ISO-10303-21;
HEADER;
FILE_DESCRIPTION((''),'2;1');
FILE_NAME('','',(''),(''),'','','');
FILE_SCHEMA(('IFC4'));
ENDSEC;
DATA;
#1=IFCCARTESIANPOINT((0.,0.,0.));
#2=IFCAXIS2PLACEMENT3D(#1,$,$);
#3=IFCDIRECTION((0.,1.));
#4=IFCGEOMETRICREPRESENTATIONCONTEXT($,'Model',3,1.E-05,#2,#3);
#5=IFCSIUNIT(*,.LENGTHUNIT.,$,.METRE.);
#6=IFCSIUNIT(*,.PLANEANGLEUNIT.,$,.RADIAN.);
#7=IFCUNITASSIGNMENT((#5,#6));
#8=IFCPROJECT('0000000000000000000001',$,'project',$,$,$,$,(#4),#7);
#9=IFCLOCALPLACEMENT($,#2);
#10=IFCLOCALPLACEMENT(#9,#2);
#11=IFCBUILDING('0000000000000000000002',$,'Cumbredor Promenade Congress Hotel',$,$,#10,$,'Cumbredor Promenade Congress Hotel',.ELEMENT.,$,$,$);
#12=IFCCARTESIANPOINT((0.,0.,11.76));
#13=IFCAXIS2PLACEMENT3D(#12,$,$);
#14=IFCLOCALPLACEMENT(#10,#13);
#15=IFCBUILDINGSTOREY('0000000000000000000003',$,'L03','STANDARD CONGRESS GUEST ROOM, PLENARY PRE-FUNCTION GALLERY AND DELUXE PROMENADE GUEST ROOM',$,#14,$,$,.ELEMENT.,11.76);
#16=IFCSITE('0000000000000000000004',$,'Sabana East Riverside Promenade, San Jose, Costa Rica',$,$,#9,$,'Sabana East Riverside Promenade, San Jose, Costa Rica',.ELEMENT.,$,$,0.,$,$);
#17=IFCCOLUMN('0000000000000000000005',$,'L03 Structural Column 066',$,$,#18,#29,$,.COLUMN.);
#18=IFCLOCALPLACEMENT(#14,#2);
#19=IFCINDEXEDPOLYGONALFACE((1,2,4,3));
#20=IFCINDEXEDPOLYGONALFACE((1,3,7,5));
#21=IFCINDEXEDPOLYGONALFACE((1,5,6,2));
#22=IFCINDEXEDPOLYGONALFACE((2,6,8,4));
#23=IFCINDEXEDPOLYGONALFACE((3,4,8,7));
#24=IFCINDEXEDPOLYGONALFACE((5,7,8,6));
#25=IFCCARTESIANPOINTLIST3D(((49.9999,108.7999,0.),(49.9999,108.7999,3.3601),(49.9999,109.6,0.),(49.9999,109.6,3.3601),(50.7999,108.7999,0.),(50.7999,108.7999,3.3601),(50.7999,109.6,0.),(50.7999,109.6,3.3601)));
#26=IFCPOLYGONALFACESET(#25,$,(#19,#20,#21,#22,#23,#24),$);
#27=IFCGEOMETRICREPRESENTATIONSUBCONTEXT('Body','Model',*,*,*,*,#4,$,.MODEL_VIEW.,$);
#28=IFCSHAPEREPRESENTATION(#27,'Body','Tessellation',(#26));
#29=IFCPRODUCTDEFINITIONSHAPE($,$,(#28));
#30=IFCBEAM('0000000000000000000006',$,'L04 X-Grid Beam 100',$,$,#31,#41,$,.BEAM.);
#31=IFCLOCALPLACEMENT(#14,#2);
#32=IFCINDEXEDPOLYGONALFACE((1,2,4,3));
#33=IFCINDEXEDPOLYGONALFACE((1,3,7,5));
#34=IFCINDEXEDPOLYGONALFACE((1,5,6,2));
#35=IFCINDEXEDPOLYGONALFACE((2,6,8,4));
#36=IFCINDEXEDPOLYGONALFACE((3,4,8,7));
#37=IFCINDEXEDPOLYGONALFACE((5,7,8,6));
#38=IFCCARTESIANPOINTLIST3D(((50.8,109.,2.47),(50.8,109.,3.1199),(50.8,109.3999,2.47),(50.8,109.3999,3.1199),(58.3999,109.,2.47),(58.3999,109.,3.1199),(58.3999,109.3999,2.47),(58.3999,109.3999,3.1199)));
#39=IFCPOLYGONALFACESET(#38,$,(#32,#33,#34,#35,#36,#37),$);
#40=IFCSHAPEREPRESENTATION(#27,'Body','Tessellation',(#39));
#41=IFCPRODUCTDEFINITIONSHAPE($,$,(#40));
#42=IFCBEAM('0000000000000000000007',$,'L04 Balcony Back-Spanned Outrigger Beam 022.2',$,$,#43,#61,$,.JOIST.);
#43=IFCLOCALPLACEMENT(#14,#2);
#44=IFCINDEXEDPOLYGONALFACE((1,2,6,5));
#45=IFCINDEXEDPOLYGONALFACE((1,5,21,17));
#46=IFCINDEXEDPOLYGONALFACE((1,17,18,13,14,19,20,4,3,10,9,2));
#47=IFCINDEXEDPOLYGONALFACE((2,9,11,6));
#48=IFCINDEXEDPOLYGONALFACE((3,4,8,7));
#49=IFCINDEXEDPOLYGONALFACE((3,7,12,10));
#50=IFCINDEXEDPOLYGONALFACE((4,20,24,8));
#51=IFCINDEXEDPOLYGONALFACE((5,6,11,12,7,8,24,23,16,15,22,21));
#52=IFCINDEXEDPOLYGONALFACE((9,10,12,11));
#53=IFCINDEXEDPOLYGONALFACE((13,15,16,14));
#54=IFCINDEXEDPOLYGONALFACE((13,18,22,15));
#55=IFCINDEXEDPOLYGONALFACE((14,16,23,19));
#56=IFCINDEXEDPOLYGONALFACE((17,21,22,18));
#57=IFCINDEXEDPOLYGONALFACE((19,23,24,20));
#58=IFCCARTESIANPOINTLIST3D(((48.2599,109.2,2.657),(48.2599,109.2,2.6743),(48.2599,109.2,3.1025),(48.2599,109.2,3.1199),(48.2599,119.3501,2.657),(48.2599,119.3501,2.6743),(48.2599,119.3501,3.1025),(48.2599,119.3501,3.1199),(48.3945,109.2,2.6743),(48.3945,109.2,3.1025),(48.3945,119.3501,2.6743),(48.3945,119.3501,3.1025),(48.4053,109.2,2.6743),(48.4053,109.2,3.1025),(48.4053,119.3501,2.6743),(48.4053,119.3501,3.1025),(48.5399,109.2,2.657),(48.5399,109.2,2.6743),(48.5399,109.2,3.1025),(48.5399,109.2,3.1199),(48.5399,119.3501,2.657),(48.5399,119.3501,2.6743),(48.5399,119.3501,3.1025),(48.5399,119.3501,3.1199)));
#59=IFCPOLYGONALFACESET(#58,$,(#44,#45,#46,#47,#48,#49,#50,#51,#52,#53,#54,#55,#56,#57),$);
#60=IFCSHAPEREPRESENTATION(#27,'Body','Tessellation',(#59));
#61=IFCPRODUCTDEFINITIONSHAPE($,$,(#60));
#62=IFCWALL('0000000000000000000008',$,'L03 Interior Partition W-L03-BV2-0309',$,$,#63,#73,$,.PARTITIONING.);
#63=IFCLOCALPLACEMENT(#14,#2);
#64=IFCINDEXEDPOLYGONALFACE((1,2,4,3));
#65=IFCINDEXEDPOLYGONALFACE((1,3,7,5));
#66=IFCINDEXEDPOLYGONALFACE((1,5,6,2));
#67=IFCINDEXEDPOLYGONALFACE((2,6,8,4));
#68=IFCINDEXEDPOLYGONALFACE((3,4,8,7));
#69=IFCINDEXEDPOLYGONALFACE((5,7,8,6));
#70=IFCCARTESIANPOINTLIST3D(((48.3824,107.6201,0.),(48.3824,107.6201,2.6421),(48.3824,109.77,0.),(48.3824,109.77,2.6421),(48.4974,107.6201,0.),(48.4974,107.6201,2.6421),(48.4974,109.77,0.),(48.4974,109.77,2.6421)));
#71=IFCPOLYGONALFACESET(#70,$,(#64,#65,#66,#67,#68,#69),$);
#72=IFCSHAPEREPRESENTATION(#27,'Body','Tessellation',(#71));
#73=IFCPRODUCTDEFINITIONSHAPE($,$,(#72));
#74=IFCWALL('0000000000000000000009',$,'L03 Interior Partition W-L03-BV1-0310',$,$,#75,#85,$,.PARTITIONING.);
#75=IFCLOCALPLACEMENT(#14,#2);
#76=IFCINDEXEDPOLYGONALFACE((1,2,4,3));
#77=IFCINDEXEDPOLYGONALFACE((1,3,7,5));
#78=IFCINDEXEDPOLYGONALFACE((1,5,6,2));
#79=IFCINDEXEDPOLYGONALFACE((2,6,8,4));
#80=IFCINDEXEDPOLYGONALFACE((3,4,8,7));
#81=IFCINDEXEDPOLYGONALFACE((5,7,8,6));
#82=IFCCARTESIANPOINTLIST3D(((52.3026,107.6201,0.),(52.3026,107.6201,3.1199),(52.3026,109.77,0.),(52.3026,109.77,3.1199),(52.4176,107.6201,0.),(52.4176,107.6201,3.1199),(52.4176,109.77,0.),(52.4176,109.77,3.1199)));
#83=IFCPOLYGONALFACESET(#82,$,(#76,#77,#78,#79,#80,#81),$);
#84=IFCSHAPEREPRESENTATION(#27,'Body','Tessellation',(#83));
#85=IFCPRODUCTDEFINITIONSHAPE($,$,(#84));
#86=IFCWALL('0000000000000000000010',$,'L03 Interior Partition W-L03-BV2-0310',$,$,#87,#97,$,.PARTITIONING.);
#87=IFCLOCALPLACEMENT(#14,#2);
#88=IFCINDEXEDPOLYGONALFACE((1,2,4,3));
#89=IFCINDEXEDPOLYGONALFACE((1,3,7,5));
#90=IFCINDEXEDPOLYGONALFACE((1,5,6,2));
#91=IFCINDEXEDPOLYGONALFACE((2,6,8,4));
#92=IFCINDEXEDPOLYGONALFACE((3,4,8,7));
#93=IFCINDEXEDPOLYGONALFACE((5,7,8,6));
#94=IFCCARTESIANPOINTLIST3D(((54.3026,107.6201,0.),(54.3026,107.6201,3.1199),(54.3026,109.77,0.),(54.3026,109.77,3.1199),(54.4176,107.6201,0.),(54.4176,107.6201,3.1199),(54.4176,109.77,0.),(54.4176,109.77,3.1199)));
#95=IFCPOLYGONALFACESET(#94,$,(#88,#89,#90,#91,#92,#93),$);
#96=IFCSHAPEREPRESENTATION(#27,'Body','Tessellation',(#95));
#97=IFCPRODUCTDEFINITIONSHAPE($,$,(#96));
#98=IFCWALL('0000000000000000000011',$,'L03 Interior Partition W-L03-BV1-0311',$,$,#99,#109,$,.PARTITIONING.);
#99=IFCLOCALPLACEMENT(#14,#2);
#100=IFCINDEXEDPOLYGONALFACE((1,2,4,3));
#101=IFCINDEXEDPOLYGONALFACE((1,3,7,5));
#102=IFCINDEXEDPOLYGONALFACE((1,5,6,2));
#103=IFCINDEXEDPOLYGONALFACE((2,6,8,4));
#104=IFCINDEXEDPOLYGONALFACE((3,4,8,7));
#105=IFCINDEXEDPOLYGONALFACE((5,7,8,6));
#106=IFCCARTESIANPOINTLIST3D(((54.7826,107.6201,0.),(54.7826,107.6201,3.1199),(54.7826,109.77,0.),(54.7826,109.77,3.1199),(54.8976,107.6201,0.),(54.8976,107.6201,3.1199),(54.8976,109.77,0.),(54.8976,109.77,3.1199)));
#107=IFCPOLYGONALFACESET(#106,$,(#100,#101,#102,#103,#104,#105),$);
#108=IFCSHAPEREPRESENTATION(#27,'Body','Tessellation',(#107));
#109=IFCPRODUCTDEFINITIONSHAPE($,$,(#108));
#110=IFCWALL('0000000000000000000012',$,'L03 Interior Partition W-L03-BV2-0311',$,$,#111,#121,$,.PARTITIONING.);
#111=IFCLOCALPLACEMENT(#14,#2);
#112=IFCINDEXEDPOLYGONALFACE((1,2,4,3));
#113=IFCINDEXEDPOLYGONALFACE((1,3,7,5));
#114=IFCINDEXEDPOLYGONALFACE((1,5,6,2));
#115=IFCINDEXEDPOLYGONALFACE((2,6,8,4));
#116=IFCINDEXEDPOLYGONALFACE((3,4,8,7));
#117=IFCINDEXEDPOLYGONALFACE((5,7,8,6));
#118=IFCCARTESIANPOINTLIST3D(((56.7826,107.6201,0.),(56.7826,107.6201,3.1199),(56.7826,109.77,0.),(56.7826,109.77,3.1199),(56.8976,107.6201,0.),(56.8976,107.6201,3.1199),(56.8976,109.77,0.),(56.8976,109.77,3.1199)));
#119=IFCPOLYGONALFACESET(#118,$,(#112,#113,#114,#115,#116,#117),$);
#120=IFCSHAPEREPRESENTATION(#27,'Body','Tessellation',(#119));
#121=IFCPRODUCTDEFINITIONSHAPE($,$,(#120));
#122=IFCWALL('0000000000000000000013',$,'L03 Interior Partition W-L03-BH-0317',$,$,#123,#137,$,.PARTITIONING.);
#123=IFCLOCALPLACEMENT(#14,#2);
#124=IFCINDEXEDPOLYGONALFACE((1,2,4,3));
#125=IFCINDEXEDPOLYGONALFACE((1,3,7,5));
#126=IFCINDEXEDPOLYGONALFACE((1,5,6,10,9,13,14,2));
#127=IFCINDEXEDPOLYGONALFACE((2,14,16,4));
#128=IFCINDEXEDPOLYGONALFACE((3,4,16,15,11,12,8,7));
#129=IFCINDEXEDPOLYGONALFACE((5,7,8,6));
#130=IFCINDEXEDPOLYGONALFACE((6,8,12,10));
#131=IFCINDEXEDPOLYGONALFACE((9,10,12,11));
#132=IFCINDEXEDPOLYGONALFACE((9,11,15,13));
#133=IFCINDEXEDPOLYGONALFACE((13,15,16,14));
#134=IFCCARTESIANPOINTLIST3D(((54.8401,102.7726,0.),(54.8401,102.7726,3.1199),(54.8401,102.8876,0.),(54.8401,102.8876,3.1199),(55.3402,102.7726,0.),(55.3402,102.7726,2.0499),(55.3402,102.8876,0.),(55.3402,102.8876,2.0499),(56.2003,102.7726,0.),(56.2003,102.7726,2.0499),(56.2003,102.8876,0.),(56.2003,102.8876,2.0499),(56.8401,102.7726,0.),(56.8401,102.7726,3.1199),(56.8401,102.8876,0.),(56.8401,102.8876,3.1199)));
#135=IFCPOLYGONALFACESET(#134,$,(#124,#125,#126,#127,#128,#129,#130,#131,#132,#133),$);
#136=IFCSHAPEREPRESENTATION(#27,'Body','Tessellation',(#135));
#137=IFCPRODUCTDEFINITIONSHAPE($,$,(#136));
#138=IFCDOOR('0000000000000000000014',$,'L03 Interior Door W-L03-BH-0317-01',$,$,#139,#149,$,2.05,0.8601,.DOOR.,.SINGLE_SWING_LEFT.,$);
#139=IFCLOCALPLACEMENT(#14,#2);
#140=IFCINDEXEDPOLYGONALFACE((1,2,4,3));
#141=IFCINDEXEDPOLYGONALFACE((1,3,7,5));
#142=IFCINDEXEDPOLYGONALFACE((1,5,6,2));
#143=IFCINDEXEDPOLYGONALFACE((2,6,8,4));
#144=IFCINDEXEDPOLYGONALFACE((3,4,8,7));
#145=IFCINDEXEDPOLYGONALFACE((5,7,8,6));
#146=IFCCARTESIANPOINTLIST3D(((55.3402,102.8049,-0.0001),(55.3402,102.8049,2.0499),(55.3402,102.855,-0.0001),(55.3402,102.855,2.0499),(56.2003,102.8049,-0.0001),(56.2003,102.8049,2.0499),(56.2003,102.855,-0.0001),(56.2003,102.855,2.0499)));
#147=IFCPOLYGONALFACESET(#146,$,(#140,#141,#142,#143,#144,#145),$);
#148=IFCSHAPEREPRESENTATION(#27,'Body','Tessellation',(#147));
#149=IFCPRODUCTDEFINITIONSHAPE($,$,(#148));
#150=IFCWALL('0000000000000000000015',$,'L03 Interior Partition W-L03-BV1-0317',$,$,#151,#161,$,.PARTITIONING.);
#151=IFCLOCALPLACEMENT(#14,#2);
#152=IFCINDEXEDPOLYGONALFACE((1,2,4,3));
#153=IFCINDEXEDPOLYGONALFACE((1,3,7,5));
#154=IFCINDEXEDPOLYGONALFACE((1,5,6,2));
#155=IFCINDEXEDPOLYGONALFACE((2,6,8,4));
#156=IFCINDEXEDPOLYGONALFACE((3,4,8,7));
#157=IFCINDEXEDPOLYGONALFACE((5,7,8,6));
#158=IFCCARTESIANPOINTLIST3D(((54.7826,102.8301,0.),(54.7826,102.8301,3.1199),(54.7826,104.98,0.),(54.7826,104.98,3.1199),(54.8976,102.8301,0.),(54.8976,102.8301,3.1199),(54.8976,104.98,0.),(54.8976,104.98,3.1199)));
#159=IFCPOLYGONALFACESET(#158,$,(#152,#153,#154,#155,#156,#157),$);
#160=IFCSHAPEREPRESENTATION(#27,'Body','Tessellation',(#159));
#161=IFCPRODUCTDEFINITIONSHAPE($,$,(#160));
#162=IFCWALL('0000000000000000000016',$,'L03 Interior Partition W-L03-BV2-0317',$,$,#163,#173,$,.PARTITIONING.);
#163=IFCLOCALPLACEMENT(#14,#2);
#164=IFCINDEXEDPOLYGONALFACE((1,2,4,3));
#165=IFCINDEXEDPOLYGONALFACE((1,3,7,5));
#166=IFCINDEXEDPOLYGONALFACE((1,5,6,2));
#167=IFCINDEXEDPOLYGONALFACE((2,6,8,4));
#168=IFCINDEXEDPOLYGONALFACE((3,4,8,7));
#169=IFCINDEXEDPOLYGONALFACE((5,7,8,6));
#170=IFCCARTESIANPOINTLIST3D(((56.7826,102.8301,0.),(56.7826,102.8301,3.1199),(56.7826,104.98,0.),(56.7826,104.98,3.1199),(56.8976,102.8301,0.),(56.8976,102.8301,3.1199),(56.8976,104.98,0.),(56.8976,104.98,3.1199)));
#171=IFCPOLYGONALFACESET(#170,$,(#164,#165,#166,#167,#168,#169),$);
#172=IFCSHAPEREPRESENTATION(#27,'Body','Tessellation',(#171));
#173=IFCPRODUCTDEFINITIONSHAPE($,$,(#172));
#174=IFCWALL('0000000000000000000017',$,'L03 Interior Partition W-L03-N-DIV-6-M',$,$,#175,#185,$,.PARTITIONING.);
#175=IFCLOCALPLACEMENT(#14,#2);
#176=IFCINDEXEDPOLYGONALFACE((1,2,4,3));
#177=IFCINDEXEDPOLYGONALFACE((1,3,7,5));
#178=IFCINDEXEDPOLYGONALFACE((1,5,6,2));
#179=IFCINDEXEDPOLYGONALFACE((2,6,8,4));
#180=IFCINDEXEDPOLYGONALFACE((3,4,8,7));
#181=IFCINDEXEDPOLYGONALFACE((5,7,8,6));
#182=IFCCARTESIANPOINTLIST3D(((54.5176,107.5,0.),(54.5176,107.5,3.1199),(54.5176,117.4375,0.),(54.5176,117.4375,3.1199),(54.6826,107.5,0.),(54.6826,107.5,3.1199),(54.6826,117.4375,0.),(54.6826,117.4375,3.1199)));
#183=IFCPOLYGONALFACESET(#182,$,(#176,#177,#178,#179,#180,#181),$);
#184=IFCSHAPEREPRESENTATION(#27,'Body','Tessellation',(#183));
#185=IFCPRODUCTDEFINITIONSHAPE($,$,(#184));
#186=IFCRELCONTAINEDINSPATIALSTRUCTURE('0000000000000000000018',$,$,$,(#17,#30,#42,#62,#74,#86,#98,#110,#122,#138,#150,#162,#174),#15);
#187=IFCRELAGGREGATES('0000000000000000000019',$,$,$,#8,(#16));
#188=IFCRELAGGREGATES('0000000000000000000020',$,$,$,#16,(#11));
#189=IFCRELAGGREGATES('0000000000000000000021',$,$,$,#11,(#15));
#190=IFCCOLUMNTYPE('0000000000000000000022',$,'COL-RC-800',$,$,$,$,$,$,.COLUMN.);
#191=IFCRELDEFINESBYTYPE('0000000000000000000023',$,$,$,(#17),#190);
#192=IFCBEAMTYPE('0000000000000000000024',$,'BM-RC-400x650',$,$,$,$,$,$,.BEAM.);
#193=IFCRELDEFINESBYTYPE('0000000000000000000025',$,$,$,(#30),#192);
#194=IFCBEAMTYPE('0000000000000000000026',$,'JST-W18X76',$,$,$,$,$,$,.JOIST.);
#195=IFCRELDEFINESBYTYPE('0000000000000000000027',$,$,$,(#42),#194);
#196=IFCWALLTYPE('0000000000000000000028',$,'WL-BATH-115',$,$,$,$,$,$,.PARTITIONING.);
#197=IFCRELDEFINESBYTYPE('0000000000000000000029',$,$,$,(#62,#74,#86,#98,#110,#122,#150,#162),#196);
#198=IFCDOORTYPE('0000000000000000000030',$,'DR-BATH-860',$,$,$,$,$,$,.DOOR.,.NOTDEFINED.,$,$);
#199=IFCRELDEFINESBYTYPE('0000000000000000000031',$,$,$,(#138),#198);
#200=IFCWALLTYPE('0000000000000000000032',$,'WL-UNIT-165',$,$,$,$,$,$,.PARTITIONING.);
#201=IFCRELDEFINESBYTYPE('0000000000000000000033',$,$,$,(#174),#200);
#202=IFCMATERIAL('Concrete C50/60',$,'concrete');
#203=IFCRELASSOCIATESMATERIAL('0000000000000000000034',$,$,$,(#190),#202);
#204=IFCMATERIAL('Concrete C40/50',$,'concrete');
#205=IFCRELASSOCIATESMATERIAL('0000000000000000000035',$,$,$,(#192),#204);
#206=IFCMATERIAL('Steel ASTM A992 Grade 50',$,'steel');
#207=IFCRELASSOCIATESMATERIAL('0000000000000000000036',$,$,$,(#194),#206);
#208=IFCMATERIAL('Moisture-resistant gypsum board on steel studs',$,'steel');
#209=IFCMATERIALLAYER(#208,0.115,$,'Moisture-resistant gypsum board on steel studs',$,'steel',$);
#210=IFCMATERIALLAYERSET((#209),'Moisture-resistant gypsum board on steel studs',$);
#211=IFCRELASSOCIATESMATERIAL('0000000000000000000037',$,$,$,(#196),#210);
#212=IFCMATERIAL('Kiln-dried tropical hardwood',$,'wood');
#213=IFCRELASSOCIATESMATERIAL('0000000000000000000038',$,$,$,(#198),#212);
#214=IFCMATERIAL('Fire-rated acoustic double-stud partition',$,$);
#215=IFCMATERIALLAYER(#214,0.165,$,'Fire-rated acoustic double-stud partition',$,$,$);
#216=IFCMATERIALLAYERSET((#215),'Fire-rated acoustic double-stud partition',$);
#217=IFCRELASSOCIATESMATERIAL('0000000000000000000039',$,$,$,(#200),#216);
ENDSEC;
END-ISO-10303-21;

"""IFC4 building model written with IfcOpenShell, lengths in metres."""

from ifc_helpers import new_model, si_unit, direction, frame, frame_2d, origin, origin_2d, place, context, subcontext, project, spatial, rectangle, i_section, extrude, material, layer, layer_set, material_profile, profile_set, type_object, element, fill, save


model = new_model("IFC4")

# Units and contexts
model_context = context("Model", 3, precision=1e-05, world=origin(), true_north=direction((0.0, 1.0)))
body_context = subcontext(model_context, "Body", "Model", "MODEL_VIEW")
ifc_project = project(units=[si_unit("LENGTHUNIT", "METRE"), si_unit("PLANEANGLEUNIT", "RADIAN")], contexts=[model_context])

# Site, building, storey
site_placement = place(None, origin())
site = spatial("IfcSite", under=ifc_project, at=site_placement, Name="Sabana East Riverside Promenade, San Jose, Costa Rica", LongName="Sabana East Riverside Promenade, San Jose, Costa Rica", CompositionType="ELEMENT", RefElevation=0.0)
building_placement = place(site_placement, origin())
building = spatial("IfcBuilding", under=site, at=building_placement, Name="Cumbredor Promenade Congress Hotel", LongName="Cumbredor Promenade Congress Hotel", CompositionType="ELEMENT")
storey_placement = place(building_placement, frame((0.0, 0.0, 11.76)))
storey = spatial("IfcBuildingStorey", under=building, at=storey_placement, Name="L03", Description="STANDARD CONGRESS GUEST ROOM, PLENARY PRE-FUNCTION GALLERY AND DELUXE PROMENADE GUEST ROOM", CompositionType="ELEMENT", Elevation=11.76)

# Column
ifc_material_1 = material(Name="Concrete C50/60", Category="concrete")
ifc_material_profile_1 = material_profile(ifc_material_1, rectangle(XDim=0.8, YDim=0.8, at=origin_2d()), Name="RC 800x800")
ifc_profile_set_1 = profile_set([ifc_material_profile_1], Name="Concrete C50/60")
column_type = type_object("IfcColumnType", Name="COL-RC-800", PredefinedType="COLUMN", material=ifc_profile_set_1)
column_placement = place(storey_placement, frame((50.3999, 109.2, 0.0), z_axis=(0.0, 0.0, 1.0), x_axis=(1.0, 0.0, 0.0)))
element("IfcColumn", 1, at=column_placement, inside=storey, type_object=column_type, Name="L03 Structural Column 066", PredefinedType="COLUMN", context=body_context, shape_type="SweptSolid", body=[
    extrude(rectangle(XDim=0.8, YDim=0.8, at=origin_2d()), origin(), (0.0, 0.0, 1.0), 3.3601),
])

# Beams
ifc_material_2 = material(Name="Concrete C40/50", Category="concrete")
ifc_material_profile_2 = material_profile(ifc_material_2, rectangle(XDim=0.3999, YDim=0.6499, at=origin_2d()), Name="RC BEAM 400x650")
ifc_profile_set_2 = profile_set([ifc_material_profile_2], Name="Concrete C40/50")
beam_type_1 = type_object("IfcBeamType", Name="BM-RC-400x650", PredefinedType="BEAM", material=ifc_profile_set_2)
beam_1_placement = place(storey_placement, frame((50.8, 109.2, 2.7949), z_axis=(1.0, 0.0, 0.0), x_axis=(0.0, 1.0, 0.0)))
element("IfcBeam", 2, at=beam_1_placement, inside=storey, type_object=beam_type_1, Name="L04 X-Grid Beam 100", PredefinedType="BEAM", context=body_context, shape_type="SweptSolid", body=[
    extrude(rectangle(XDim=0.3999, YDim=0.6499, at=origin_2d()), origin(), (0.0, 0.0, 1.0), 7.5999),
])
ifc_material_3 = material(Name="Steel ASTM A992 Grade 50", Category="steel")
ifc_material_profile_3 = material_profile(ifc_material_3, i_section(OverallWidth=0.28, OverallDepth=0.4629, WebThickness=0.0107, FlangeThickness=0.0173, at=origin_2d()), Name="W18X76")
ifc_profile_set_3 = profile_set([ifc_material_profile_3], Name="Steel ASTM A992 Grade 50")
beam_type_2 = type_object("IfcBeamType", Name="JST-W18X76", PredefinedType="JOIST", material=ifc_profile_set_3)
beam_2_placement = place(storey_placement, frame((48.3999, 109.2, 2.8884), z_axis=(0.0, 1.0, 0.0), x_axis=(-1.0, 0.0, 0.0)))
element("IfcBeam", 3, at=beam_2_placement, inside=storey, type_object=beam_type_2, Name="L04 Balcony Back-Spanned Outrigger Beam 022.2", PredefinedType="JOIST", context=body_context, shape_type="SweptSolid", body=[
    extrude(i_section(OverallWidth=0.28, OverallDepth=0.4629, WebThickness=0.0107, FlangeThickness=0.0173, at=origin_2d()), origin(), (0.0, 0.0, 1.0), 10.1501),
])

# Walls
ifc_material_4 = material(Name="Moisture-resistant gypsum board on steel studs", Category="steel")
ifc_layer_1 = layer(ifc_material_4, 0.115, Name="Moisture-resistant gypsum board on steel studs", Category="steel")
ifc_layer_set_1 = layer_set([ifc_layer_1], Name="Moisture-resistant gypsum board on steel studs")
wall_type_1 = type_object("IfcWallType", Name="WL-BATH-115", PredefinedType="PARTITIONING", material=ifc_layer_set_1)
wall_1_placement = place(storey_placement, frame((48.4399, 107.6201, 0.0), z_axis=(0.0, 0.0, 1.0), x_axis=(0.0, 1.0, 0.0)))
element("IfcWall", 4, at=wall_1_placement, inside=storey, type_object=wall_type_1, Name="L03 Interior Partition W-L03-BV2-0309", PredefinedType="PARTITIONING", context=body_context, shape_type="SweptSolid", body=[
    extrude(rectangle(XDim=2.1499, YDim=0.115, at=frame_2d((1.075, 0.0))), origin(), (0.0, 0.0, 1.0), 2.6421),
])
for number, where, z_axis, x_axis, name in (
    (5, (52.3601, 107.6201, 0.0), (0.0, 0.0, 1.0), (0.0, 1.0, 0.0), "L03 Interior Partition W-L03-BV1-0310"),
    (6, (54.3601, 107.6201, 0.0), (0.0, 0.0, 1.0), (0.0, 1.0, 0.0), "L03 Interior Partition W-L03-BV2-0310"),
    (7, (54.8401, 107.6201, 0.0), (0.0, 0.0, 1.0), (0.0, 1.0, 0.0), "L03 Interior Partition W-L03-BV1-0311"),
    (8, (56.8401, 107.6201, 0.0), (0.0, 0.0, 1.0), (0.0, 1.0, 0.0), "L03 Interior Partition W-L03-BV2-0311"),
):
    element("IfcWall", number, at=place(storey_placement, frame(where, z_axis=z_axis, x_axis=x_axis)), inside=storey, type_object=wall_type_1, Name=name, PredefinedType="PARTITIONING", context=body_context, shape_type="SweptSolid", body=[
        extrude(rectangle(XDim=2.1499, YDim=0.115, at=frame_2d((1.075, 0.0))), origin(), (0.0, 0.0, 1.0), 3.1199),
    ])

# Wall, opening, door
wall_2_placement = place(storey_placement, frame((54.8401, 102.8301, 0.0), z_axis=(0.0, 0.0, 1.0), x_axis=(1.0, 0.0, 0.0)))
wall_2 = element("IfcWall", 9, at=wall_2_placement, inside=storey, type_object=wall_type_1, Name="L03 Interior Partition W-L03-BH-0317", PredefinedType="PARTITIONING", context=body_context, shape_type="SweptSolid", body=[
    extrude(rectangle(XDim=2.0, YDim=0.115, at=frame_2d((1.0, 0.0))), origin(), (0.0, 0.0, 1.0), 3.1199),
])
opening_1_placement = place(wall_2_placement, frame((0.5, 0.0, 0.0)))
opening_1 = element("IfcOpeningElement", 10, at=opening_1_placement, cuts=wall_2, PredefinedType="OPENING", context=body_context, shape_type="SweptSolid", body=[
    extrude(rectangle(XDim=0.8601, YDim=2.05, at=frame_2d((0.4302, 1.0249))), frame((0.0, 0.0674, 0.0), z_axis=(0.0, -1.0, 0.0), x_axis=(1.0, 0.0, 0.0)), (0.0, 0.0, 1.0), 0.135),
])
ifc_material_5 = material(Name="Kiln-dried tropical hardwood", Category="wood")
door_type_1 = type_object("IfcDoorType", Name="DR-BATH-860", OperationType="NOTDEFINED", PredefinedType="DOOR", material=ifc_material_5)
door_1_placement = place(opening_1_placement, origin())
door_1 = element("IfcDoor", 11, at=door_1_placement, inside=storey, type_object=door_type_1, Name="L03 Interior Door W-L03-BH-0317-01", OperationType="SINGLE_SWING_LEFT", OverallHeight=2.05, OverallWidth=0.8601, PredefinedType="DOOR", context=body_context, shape_type="SweptSolid", body=[
    extrude(rectangle(XDim=0.8601, YDim=2.05, at=frame_2d((0.4302, 1.0249))), frame((0.0, 0.0249, 0.0), z_axis=(0.0, -1.0, 0.0), x_axis=(1.0, 0.0, 0.0)), (0.0, 0.0, 1.0), 0.05),
])
fill(opening_1, door_1)

# Walls
for number, where, z_axis, x_axis, name in (
    (12, (54.8401, 102.8301, 0.0), (0.0, 0.0, 1.0), (0.0, 1.0, 0.0), "L03 Interior Partition W-L03-BV1-0317"),
    (13, (56.8401, 102.8301, 0.0), (0.0, 0.0, 1.0), (0.0, 1.0, 0.0), "L03 Interior Partition W-L03-BV2-0317"),
):
    element("IfcWall", number, at=place(storey_placement, frame(where, z_axis=z_axis, x_axis=x_axis)), inside=storey, type_object=wall_type_1, Name=name, PredefinedType="PARTITIONING", context=body_context, shape_type="SweptSolid", body=[
        extrude(rectangle(XDim=2.1499, YDim=0.115, at=frame_2d((1.075, 0.0))), origin(), (0.0, 0.0, 1.0), 3.1199),
    ])

# Wall
ifc_material_6 = material(Name="Fire-rated acoustic double-stud partition")
ifc_layer_2 = layer(ifc_material_6, 0.165, Name="Fire-rated acoustic double-stud partition")
ifc_layer_set_2 = layer_set([ifc_layer_2], Name="Fire-rated acoustic double-stud partition")
wall_type_2 = type_object("IfcWallType", Name="WL-UNIT-165", PredefinedType="PARTITIONING", material=ifc_layer_set_2)
wall_3_placement = place(storey_placement, frame((54.6001, 107.5, 0.0), z_axis=(0.0, 0.0, 1.0), x_axis=(0.0, 1.0, 0.0)))
element("IfcWall", 14, at=wall_3_placement, inside=storey, type_object=wall_type_2, Name="L03 Interior Partition W-L03-N-DIV-6-M", PredefinedType="PARTITIONING", context=body_context, shape_type="SweptSolid", body=[
    extrude(rectangle(XDim=9.9375, YDim=0.165, at=frame_2d((4.9688, 0.0))), origin(), (0.0, 0.0, 1.0), 3.1199),
])

save(model, "model.ifc")
